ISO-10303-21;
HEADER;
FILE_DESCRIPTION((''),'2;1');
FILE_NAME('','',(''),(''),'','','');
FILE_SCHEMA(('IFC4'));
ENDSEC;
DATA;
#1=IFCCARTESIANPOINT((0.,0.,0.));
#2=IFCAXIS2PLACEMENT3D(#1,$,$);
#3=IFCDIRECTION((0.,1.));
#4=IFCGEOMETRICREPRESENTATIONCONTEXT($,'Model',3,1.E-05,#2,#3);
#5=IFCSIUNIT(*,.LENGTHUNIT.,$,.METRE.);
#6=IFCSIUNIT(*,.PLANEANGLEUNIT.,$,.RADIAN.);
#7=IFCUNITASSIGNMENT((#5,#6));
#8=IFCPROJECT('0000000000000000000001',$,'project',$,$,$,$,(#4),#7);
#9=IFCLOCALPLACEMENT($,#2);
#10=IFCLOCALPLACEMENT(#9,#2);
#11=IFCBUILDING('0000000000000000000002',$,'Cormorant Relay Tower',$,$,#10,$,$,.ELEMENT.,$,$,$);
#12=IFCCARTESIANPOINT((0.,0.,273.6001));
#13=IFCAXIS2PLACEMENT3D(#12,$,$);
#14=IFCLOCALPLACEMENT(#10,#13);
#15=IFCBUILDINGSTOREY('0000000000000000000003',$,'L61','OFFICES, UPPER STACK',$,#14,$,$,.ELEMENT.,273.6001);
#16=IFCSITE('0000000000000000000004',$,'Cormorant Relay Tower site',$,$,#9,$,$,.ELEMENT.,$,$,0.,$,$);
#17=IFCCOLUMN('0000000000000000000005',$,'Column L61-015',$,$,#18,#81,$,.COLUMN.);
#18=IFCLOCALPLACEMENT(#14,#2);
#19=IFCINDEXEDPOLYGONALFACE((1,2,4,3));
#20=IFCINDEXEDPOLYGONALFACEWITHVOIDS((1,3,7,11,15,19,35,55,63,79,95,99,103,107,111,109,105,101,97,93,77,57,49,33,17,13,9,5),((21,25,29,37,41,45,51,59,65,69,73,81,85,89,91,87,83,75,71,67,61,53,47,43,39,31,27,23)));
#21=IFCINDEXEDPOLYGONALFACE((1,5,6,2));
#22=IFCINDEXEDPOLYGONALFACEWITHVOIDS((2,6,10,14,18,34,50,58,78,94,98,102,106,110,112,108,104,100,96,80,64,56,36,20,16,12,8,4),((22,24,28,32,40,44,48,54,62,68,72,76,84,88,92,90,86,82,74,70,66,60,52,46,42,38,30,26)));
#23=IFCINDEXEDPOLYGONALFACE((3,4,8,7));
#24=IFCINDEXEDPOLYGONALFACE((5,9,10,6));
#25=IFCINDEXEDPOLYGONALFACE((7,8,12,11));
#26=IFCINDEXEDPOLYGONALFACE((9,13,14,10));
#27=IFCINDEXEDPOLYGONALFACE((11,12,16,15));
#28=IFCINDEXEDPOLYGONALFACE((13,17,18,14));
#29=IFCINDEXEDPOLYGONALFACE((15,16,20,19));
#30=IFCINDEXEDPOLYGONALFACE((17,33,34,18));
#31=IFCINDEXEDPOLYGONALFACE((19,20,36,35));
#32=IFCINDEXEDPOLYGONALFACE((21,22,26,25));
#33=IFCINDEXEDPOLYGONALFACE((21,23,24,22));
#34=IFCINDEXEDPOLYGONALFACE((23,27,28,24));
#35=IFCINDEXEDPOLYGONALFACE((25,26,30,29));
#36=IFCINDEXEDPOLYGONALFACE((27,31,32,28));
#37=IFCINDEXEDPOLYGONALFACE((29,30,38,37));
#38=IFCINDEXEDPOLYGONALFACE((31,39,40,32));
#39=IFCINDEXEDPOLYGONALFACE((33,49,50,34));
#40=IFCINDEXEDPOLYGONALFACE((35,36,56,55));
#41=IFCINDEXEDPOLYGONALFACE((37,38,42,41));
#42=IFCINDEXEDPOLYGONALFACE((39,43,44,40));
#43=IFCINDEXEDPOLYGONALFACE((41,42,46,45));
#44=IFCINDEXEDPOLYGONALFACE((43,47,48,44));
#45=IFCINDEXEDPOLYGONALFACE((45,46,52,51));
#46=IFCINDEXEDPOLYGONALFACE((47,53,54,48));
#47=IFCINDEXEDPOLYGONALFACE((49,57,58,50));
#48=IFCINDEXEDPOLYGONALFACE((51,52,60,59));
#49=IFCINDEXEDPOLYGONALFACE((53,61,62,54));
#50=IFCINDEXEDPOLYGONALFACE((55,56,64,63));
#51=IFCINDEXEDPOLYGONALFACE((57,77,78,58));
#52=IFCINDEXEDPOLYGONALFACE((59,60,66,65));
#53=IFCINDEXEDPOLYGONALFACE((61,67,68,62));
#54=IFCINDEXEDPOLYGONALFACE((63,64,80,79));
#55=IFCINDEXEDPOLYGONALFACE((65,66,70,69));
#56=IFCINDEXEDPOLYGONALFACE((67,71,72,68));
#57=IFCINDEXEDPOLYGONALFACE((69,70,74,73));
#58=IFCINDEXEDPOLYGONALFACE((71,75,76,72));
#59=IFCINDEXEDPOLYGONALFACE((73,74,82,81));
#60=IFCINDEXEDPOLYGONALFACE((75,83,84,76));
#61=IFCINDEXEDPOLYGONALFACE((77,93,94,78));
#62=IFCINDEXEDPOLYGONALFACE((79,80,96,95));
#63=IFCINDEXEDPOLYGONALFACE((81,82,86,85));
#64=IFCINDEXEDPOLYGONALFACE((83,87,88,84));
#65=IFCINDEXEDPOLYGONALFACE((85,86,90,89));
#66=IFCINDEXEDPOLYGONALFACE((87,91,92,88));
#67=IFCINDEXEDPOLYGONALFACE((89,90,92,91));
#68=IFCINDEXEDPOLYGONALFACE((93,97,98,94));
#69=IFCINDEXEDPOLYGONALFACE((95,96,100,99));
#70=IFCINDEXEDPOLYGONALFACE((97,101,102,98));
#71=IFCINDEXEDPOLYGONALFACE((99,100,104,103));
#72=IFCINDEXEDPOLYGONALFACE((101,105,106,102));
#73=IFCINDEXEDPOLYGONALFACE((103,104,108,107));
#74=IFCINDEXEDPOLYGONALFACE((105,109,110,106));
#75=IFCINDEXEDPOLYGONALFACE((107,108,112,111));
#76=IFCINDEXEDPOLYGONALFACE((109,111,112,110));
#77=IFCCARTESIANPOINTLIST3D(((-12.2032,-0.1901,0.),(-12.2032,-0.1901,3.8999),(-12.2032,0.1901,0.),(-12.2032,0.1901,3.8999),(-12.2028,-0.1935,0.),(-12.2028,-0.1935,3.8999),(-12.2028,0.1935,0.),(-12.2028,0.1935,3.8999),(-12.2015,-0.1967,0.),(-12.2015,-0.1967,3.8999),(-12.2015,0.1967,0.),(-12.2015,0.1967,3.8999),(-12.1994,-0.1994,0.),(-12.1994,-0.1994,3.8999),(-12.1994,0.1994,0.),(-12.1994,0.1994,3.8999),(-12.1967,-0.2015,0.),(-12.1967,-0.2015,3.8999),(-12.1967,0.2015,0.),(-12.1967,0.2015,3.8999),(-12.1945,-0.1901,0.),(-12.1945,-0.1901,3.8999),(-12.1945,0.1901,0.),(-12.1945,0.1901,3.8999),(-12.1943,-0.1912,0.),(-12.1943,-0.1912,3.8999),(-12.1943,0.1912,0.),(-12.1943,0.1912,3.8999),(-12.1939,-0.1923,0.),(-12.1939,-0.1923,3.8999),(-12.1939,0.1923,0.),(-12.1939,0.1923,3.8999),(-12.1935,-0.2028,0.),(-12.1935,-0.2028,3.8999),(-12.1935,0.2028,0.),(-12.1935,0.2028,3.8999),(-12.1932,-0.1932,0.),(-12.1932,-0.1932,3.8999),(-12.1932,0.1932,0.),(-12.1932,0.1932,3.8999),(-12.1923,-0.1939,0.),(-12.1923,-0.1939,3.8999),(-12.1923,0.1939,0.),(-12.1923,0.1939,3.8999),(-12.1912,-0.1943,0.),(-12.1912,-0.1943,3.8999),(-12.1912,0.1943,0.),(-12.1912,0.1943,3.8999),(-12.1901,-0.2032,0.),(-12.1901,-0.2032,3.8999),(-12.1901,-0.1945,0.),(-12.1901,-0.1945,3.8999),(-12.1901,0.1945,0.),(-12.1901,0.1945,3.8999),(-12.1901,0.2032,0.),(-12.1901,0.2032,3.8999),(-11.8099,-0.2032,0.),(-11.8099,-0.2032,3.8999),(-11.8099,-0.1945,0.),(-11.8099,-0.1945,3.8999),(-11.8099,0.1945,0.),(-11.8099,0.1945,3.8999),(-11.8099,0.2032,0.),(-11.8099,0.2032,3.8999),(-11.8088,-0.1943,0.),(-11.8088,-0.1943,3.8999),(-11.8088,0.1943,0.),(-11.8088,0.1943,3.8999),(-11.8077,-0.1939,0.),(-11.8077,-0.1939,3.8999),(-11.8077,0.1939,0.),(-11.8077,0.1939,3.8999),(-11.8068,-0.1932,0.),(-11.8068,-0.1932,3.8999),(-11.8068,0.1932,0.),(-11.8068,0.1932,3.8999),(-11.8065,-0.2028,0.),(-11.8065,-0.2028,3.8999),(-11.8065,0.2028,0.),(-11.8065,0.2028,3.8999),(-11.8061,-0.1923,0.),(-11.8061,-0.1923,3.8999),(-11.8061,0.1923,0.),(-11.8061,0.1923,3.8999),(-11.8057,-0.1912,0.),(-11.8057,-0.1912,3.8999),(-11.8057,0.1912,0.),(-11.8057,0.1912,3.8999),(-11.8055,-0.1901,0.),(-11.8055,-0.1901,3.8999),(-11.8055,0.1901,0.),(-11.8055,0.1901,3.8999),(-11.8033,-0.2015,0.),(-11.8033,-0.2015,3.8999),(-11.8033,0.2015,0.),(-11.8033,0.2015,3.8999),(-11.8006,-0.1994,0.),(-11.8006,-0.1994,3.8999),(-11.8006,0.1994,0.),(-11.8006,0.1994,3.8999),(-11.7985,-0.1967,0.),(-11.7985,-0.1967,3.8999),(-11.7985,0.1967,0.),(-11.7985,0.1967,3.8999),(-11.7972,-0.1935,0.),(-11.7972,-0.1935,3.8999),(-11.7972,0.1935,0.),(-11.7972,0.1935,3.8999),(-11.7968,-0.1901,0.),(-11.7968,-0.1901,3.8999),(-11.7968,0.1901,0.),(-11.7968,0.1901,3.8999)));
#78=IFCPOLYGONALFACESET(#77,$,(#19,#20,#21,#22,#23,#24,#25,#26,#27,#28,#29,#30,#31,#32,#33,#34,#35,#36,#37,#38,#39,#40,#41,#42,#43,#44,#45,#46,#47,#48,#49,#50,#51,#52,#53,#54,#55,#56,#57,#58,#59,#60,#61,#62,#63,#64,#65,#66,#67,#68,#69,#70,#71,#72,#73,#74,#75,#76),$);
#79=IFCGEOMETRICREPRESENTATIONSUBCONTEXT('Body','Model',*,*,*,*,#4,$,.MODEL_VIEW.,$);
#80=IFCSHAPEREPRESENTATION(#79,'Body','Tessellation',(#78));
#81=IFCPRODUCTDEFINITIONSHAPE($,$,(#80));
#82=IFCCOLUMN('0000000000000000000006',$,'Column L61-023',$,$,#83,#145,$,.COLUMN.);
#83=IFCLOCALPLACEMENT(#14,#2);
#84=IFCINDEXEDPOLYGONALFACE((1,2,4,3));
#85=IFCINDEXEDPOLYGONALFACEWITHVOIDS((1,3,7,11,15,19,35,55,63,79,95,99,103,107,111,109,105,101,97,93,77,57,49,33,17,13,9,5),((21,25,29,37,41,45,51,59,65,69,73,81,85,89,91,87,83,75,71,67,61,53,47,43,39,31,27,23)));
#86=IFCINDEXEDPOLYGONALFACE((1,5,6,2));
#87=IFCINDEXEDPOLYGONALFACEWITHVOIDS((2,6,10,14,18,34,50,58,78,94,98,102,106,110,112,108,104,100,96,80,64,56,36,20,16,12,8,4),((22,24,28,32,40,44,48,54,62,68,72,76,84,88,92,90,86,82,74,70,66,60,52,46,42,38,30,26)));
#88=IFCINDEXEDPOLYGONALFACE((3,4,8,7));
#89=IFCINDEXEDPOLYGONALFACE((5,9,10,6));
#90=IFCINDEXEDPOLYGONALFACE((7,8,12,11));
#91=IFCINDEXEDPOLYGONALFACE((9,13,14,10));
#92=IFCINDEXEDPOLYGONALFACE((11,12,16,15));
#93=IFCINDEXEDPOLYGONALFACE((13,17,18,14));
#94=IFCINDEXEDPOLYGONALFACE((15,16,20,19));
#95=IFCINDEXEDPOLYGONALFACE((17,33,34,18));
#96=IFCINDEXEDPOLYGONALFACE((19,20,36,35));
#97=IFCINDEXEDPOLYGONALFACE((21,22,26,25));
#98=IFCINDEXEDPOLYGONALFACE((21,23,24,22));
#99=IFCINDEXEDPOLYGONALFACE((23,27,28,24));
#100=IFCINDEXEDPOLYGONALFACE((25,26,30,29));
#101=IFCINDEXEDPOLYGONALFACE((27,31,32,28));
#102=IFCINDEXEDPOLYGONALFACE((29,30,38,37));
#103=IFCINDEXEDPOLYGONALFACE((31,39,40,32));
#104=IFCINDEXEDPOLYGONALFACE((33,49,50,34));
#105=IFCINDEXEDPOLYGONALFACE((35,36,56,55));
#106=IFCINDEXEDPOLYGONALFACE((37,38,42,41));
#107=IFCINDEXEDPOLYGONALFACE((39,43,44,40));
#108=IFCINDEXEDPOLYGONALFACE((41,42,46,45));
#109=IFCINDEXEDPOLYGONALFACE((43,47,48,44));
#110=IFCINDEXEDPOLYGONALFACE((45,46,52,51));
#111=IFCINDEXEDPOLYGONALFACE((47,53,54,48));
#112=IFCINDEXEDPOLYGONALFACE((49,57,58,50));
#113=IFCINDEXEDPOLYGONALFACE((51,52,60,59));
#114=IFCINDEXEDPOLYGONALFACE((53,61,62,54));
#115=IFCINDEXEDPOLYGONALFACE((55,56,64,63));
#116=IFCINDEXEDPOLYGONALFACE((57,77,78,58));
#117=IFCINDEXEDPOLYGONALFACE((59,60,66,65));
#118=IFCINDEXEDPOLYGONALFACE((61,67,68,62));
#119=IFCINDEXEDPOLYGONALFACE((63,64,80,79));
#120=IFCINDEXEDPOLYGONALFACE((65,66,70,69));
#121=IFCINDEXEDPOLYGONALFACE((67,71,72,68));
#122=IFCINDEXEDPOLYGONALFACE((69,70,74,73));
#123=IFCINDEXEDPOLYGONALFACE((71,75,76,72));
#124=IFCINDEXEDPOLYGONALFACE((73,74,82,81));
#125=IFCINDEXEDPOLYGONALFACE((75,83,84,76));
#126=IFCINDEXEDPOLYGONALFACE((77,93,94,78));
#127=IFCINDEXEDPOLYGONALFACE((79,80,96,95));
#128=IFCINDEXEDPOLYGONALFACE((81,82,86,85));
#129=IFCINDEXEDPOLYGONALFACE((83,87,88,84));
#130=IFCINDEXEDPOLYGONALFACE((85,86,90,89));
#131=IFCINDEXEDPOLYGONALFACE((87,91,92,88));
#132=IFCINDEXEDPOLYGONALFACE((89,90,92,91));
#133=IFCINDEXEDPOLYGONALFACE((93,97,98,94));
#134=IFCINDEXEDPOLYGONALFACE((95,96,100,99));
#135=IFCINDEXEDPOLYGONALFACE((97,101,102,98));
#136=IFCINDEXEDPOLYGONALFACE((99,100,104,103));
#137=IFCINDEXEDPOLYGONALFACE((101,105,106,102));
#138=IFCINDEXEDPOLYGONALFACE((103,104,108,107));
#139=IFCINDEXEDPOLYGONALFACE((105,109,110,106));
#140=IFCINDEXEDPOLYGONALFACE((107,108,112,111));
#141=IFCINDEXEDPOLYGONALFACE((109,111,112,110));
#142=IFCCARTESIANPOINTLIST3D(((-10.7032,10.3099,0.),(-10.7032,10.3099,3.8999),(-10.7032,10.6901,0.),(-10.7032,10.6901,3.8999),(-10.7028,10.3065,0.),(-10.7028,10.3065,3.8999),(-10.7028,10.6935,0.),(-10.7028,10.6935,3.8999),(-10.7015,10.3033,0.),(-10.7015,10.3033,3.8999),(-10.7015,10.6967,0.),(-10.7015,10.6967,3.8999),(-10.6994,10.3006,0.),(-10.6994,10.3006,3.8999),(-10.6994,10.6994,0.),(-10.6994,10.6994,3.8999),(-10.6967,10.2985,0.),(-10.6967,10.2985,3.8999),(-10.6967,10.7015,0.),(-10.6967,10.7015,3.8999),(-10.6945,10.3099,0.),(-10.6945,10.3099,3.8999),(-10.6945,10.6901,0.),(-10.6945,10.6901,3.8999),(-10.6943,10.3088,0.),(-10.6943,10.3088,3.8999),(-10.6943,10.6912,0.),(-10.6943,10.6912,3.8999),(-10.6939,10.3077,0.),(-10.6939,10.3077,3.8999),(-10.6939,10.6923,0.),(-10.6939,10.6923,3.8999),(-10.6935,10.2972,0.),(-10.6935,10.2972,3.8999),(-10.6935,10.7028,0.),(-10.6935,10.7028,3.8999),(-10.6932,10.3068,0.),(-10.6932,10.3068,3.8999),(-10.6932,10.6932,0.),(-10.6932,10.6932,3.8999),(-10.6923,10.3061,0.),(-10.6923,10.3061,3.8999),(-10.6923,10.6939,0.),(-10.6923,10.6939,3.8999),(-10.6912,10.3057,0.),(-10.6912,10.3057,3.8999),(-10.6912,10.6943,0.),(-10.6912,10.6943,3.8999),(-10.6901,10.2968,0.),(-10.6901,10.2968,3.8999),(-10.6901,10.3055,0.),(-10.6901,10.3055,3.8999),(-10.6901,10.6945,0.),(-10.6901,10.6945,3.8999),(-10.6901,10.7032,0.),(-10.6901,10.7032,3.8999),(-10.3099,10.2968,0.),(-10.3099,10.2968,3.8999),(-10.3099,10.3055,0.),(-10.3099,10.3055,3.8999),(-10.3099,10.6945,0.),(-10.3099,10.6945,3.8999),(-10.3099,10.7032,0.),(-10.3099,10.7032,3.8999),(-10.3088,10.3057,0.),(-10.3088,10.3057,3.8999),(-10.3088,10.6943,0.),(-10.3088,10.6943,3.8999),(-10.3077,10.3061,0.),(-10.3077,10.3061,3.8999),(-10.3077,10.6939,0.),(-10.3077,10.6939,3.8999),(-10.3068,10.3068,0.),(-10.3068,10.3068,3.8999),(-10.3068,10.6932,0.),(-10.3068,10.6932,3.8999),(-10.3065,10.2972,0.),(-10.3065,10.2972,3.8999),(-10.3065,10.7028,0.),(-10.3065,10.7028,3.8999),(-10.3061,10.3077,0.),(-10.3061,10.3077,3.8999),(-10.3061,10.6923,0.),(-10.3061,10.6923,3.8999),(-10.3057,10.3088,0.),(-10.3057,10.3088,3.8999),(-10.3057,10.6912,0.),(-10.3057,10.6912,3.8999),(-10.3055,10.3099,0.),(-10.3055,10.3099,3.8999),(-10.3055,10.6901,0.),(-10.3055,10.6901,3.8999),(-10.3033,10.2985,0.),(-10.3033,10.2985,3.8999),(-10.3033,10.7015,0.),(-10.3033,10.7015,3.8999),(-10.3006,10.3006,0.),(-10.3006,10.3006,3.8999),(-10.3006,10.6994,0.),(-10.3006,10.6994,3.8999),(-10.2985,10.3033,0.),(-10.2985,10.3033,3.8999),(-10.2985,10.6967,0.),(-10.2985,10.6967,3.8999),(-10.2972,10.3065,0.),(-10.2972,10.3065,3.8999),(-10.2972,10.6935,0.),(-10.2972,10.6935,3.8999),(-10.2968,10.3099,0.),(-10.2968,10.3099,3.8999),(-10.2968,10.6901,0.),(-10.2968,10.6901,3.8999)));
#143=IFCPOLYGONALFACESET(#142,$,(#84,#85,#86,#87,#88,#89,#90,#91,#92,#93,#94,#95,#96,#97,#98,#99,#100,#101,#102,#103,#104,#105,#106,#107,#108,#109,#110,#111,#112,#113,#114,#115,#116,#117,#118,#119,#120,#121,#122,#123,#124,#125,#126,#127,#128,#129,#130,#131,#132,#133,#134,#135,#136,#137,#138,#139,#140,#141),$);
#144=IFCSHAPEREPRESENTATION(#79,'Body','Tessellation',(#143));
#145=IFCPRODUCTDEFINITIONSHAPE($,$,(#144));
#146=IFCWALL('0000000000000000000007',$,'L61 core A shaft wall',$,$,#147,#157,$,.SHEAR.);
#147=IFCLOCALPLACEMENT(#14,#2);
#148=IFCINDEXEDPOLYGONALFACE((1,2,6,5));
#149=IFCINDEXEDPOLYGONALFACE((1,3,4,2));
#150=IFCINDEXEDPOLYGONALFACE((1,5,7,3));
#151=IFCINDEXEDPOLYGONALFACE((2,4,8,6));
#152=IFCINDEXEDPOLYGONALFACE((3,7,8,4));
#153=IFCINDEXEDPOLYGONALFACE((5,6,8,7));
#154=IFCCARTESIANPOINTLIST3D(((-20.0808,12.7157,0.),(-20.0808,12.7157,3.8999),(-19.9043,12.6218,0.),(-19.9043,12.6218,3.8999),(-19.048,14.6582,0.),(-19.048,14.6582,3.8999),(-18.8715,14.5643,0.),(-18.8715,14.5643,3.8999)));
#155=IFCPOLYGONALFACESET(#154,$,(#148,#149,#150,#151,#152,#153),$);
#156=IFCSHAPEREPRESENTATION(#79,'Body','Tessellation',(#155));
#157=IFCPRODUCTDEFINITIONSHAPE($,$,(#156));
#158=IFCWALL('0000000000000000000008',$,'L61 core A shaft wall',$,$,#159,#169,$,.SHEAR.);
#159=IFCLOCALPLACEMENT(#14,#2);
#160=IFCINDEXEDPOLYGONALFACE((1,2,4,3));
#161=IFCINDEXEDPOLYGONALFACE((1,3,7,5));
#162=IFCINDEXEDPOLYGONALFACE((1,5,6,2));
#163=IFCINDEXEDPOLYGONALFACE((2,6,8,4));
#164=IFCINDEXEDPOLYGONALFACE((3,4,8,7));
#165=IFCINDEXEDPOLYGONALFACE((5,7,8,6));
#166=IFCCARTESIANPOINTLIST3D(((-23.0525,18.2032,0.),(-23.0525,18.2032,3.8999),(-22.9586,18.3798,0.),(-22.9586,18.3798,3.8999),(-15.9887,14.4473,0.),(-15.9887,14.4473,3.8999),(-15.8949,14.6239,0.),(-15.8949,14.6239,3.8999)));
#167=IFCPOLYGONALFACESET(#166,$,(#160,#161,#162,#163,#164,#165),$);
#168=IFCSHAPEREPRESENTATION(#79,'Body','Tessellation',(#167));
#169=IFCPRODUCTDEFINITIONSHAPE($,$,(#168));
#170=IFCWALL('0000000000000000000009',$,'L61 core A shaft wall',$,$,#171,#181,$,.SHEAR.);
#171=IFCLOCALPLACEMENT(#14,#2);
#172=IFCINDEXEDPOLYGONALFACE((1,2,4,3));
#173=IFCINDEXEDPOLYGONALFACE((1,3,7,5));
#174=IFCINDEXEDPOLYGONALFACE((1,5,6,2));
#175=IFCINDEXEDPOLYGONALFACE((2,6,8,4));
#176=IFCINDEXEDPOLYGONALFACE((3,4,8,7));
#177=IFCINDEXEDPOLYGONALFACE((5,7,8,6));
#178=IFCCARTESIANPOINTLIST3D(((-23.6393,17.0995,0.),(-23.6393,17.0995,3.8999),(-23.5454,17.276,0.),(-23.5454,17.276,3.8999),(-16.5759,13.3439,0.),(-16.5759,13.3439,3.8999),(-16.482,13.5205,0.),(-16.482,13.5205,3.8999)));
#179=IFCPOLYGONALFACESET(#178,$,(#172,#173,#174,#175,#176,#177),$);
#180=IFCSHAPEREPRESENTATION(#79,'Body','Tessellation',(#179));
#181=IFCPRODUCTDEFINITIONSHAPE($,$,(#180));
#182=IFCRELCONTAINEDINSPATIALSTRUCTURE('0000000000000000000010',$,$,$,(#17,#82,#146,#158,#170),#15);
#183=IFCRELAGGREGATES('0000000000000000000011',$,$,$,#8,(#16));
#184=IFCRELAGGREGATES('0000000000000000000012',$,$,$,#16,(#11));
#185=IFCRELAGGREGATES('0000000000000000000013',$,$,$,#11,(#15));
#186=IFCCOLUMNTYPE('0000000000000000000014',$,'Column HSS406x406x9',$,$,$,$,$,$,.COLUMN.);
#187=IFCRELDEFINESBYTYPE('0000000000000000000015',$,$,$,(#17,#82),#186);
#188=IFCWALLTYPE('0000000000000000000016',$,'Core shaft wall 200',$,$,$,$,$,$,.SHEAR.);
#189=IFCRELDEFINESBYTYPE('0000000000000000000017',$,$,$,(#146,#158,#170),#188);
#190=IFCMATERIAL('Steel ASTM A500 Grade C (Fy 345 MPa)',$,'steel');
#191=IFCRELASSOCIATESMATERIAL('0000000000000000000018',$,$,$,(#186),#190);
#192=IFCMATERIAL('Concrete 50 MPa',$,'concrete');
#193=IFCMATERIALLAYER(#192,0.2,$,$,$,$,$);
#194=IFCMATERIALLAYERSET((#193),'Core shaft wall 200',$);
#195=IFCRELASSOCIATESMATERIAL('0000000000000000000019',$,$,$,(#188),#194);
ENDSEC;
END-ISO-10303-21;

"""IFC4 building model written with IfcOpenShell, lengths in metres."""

from ifc_helpers import new_model, si_unit, direction, frame, frame_2d, origin, origin_2d, place, context, subcontext, project, spatial, rectangle, hollow_rectangle, extrude, material, layer, layer_set, material_profile, profile_set, type_object, element, save


model = new_model("IFC4")

# Units and contexts
model_context = context("Model", 3, precision=1e-05, world=origin(), true_north=direction((0.0, 1.0)))
body_context = subcontext(model_context, "Body", "Model", "MODEL_VIEW")
ifc_project = project(units=[si_unit("LENGTHUNIT", "METRE"), si_unit("PLANEANGLEUNIT", "RADIAN")], contexts=[model_context])

# Site, building, storey
site_placement = place(None, origin())
site = spatial("IfcSite", under=ifc_project, at=site_placement, Name="Cormorant Relay Tower site", CompositionType="ELEMENT", RefElevation=0.0)
building_placement = place(site_placement, origin())
building = spatial("IfcBuilding", under=site, at=building_placement, Name="Cormorant Relay Tower", CompositionType="ELEMENT")
storey_placement = place(building_placement, frame((0.0, 0.0, 273.6001)))
storey = spatial("IfcBuildingStorey", under=building, at=storey_placement, Name="L61", Description="OFFICES, UPPER STACK", CompositionType="ELEMENT", Elevation=273.6001)

# Columns
ifc_material_1 = material(Name="Steel ASTM A500 Grade C (Fy 345 MPa)", Category="steel")
ifc_material_profile = material_profile(ifc_material_1, hollow_rectangle(XDim=0.4065, YDim=0.4065, WallThickness=0.0088, InnerFilletRadius=0.0044, OuterFilletRadius=0.0132, at=origin_2d()), Name="HSS406x406x9")
ifc_profile_set = profile_set([ifc_material_profile], Name="Steel ASTM A500 Grade C (Fy 345 MPa)")
column_type = type_object("IfcColumnType", Name="Column HSS406x406x9", PredefinedType="COLUMN", material=ifc_profile_set)
for number, where, z_axis, x_axis, name in (
    (1, (-12.0, 0.0, 0.0), (0.0, 0.0, 1.0), (1.0, 0.0, 0.0), "Column L61-015"),
    (2, (-10.5, 10.5, 0.0), (0.0, 0.0, 1.0), (1.0, 0.0, 0.0), "Column L61-023"),
):
    element("IfcColumn", number, at=place(storey_placement, frame(where, z_axis=z_axis, x_axis=x_axis)), inside=storey, type_object=column_type, Name=name, PredefinedType="COLUMN", context=body_context, shape_type="SweptSolid", body=[
        extrude(hollow_rectangle(XDim=0.4065, YDim=0.4065, WallThickness=0.0088, InnerFilletRadius=0.0044, OuterFilletRadius=0.0132, at=origin_2d()), origin(), (0.0, 0.0, 1.0), 3.8999),
    ])

# Walls
ifc_material_2 = material(Name="Concrete 50 MPa", Category="concrete")
ifc_layer_1 = layer(ifc_material_2, 0.2)
ifc_layer_set_1 = layer_set([ifc_layer_1], Name="Core shaft wall 200")
wall_type_1 = type_object("IfcWallType", Name="Core shaft wall 200", PredefinedType="SHEAR", material=ifc_layer_set_1)
wall_1_placement = place(storey_placement, frame((-18.9597, 14.6113, 0.0), z_axis=(0.0, 0.0, 1.0), x_axis=(-0.469447, -0.88296, 0.0)))
element("IfcWall", 3, at=wall_1_placement, inside=storey, type_object=wall_type_1, Name="L61 core A shaft wall", PredefinedType="SHEAR", context=body_context, shape_type="SweptSolid", body=[
    extrude(rectangle(XDim=2.2, YDim=0.2, at=frame_2d((1.1001, 0.0))), origin(), (0.0, 0.0, 1.0), 3.8999),
])
wall_2_placement = place(storey_placement, frame((-15.9419, 14.5356, 0.0), z_axis=(0.0, 0.0, 1.0), x_axis=(-0.882947, 0.469473, 0.0)))
element("IfcWall", 4, at=wall_2_placement, inside=storey, type_object=wall_type_1, Name="L61 core A shaft wall", PredefinedType="SHEAR", context=body_context, shape_type="SweptSolid", body=[
    extrude(rectangle(XDim=8.0002, YDim=0.2, at=frame_2d((4.0, 0.0))), origin(), (0.0, 0.0, 1.0), 3.8999),
])
wall_3_placement = place(storey_placement, frame((-16.5288, 13.4321, 0.0), z_axis=(0.0, 0.0, 1.0), x_axis=(-0.882953, 0.469462, 0.0)))
element("IfcWall", 5, at=wall_3_placement, inside=storey, type_object=wall_type_1, Name="L61 core A shaft wall", PredefinedType="SHEAR", context=body_context, shape_type="SweptSolid", body=[
    extrude(rectangle(XDim=7.9998, YDim=0.2, at=frame_2d((4.0, 0.0))), origin(), (0.0, 0.0, 1.0), 3.8999),
])

save(model, "model.ifc")
